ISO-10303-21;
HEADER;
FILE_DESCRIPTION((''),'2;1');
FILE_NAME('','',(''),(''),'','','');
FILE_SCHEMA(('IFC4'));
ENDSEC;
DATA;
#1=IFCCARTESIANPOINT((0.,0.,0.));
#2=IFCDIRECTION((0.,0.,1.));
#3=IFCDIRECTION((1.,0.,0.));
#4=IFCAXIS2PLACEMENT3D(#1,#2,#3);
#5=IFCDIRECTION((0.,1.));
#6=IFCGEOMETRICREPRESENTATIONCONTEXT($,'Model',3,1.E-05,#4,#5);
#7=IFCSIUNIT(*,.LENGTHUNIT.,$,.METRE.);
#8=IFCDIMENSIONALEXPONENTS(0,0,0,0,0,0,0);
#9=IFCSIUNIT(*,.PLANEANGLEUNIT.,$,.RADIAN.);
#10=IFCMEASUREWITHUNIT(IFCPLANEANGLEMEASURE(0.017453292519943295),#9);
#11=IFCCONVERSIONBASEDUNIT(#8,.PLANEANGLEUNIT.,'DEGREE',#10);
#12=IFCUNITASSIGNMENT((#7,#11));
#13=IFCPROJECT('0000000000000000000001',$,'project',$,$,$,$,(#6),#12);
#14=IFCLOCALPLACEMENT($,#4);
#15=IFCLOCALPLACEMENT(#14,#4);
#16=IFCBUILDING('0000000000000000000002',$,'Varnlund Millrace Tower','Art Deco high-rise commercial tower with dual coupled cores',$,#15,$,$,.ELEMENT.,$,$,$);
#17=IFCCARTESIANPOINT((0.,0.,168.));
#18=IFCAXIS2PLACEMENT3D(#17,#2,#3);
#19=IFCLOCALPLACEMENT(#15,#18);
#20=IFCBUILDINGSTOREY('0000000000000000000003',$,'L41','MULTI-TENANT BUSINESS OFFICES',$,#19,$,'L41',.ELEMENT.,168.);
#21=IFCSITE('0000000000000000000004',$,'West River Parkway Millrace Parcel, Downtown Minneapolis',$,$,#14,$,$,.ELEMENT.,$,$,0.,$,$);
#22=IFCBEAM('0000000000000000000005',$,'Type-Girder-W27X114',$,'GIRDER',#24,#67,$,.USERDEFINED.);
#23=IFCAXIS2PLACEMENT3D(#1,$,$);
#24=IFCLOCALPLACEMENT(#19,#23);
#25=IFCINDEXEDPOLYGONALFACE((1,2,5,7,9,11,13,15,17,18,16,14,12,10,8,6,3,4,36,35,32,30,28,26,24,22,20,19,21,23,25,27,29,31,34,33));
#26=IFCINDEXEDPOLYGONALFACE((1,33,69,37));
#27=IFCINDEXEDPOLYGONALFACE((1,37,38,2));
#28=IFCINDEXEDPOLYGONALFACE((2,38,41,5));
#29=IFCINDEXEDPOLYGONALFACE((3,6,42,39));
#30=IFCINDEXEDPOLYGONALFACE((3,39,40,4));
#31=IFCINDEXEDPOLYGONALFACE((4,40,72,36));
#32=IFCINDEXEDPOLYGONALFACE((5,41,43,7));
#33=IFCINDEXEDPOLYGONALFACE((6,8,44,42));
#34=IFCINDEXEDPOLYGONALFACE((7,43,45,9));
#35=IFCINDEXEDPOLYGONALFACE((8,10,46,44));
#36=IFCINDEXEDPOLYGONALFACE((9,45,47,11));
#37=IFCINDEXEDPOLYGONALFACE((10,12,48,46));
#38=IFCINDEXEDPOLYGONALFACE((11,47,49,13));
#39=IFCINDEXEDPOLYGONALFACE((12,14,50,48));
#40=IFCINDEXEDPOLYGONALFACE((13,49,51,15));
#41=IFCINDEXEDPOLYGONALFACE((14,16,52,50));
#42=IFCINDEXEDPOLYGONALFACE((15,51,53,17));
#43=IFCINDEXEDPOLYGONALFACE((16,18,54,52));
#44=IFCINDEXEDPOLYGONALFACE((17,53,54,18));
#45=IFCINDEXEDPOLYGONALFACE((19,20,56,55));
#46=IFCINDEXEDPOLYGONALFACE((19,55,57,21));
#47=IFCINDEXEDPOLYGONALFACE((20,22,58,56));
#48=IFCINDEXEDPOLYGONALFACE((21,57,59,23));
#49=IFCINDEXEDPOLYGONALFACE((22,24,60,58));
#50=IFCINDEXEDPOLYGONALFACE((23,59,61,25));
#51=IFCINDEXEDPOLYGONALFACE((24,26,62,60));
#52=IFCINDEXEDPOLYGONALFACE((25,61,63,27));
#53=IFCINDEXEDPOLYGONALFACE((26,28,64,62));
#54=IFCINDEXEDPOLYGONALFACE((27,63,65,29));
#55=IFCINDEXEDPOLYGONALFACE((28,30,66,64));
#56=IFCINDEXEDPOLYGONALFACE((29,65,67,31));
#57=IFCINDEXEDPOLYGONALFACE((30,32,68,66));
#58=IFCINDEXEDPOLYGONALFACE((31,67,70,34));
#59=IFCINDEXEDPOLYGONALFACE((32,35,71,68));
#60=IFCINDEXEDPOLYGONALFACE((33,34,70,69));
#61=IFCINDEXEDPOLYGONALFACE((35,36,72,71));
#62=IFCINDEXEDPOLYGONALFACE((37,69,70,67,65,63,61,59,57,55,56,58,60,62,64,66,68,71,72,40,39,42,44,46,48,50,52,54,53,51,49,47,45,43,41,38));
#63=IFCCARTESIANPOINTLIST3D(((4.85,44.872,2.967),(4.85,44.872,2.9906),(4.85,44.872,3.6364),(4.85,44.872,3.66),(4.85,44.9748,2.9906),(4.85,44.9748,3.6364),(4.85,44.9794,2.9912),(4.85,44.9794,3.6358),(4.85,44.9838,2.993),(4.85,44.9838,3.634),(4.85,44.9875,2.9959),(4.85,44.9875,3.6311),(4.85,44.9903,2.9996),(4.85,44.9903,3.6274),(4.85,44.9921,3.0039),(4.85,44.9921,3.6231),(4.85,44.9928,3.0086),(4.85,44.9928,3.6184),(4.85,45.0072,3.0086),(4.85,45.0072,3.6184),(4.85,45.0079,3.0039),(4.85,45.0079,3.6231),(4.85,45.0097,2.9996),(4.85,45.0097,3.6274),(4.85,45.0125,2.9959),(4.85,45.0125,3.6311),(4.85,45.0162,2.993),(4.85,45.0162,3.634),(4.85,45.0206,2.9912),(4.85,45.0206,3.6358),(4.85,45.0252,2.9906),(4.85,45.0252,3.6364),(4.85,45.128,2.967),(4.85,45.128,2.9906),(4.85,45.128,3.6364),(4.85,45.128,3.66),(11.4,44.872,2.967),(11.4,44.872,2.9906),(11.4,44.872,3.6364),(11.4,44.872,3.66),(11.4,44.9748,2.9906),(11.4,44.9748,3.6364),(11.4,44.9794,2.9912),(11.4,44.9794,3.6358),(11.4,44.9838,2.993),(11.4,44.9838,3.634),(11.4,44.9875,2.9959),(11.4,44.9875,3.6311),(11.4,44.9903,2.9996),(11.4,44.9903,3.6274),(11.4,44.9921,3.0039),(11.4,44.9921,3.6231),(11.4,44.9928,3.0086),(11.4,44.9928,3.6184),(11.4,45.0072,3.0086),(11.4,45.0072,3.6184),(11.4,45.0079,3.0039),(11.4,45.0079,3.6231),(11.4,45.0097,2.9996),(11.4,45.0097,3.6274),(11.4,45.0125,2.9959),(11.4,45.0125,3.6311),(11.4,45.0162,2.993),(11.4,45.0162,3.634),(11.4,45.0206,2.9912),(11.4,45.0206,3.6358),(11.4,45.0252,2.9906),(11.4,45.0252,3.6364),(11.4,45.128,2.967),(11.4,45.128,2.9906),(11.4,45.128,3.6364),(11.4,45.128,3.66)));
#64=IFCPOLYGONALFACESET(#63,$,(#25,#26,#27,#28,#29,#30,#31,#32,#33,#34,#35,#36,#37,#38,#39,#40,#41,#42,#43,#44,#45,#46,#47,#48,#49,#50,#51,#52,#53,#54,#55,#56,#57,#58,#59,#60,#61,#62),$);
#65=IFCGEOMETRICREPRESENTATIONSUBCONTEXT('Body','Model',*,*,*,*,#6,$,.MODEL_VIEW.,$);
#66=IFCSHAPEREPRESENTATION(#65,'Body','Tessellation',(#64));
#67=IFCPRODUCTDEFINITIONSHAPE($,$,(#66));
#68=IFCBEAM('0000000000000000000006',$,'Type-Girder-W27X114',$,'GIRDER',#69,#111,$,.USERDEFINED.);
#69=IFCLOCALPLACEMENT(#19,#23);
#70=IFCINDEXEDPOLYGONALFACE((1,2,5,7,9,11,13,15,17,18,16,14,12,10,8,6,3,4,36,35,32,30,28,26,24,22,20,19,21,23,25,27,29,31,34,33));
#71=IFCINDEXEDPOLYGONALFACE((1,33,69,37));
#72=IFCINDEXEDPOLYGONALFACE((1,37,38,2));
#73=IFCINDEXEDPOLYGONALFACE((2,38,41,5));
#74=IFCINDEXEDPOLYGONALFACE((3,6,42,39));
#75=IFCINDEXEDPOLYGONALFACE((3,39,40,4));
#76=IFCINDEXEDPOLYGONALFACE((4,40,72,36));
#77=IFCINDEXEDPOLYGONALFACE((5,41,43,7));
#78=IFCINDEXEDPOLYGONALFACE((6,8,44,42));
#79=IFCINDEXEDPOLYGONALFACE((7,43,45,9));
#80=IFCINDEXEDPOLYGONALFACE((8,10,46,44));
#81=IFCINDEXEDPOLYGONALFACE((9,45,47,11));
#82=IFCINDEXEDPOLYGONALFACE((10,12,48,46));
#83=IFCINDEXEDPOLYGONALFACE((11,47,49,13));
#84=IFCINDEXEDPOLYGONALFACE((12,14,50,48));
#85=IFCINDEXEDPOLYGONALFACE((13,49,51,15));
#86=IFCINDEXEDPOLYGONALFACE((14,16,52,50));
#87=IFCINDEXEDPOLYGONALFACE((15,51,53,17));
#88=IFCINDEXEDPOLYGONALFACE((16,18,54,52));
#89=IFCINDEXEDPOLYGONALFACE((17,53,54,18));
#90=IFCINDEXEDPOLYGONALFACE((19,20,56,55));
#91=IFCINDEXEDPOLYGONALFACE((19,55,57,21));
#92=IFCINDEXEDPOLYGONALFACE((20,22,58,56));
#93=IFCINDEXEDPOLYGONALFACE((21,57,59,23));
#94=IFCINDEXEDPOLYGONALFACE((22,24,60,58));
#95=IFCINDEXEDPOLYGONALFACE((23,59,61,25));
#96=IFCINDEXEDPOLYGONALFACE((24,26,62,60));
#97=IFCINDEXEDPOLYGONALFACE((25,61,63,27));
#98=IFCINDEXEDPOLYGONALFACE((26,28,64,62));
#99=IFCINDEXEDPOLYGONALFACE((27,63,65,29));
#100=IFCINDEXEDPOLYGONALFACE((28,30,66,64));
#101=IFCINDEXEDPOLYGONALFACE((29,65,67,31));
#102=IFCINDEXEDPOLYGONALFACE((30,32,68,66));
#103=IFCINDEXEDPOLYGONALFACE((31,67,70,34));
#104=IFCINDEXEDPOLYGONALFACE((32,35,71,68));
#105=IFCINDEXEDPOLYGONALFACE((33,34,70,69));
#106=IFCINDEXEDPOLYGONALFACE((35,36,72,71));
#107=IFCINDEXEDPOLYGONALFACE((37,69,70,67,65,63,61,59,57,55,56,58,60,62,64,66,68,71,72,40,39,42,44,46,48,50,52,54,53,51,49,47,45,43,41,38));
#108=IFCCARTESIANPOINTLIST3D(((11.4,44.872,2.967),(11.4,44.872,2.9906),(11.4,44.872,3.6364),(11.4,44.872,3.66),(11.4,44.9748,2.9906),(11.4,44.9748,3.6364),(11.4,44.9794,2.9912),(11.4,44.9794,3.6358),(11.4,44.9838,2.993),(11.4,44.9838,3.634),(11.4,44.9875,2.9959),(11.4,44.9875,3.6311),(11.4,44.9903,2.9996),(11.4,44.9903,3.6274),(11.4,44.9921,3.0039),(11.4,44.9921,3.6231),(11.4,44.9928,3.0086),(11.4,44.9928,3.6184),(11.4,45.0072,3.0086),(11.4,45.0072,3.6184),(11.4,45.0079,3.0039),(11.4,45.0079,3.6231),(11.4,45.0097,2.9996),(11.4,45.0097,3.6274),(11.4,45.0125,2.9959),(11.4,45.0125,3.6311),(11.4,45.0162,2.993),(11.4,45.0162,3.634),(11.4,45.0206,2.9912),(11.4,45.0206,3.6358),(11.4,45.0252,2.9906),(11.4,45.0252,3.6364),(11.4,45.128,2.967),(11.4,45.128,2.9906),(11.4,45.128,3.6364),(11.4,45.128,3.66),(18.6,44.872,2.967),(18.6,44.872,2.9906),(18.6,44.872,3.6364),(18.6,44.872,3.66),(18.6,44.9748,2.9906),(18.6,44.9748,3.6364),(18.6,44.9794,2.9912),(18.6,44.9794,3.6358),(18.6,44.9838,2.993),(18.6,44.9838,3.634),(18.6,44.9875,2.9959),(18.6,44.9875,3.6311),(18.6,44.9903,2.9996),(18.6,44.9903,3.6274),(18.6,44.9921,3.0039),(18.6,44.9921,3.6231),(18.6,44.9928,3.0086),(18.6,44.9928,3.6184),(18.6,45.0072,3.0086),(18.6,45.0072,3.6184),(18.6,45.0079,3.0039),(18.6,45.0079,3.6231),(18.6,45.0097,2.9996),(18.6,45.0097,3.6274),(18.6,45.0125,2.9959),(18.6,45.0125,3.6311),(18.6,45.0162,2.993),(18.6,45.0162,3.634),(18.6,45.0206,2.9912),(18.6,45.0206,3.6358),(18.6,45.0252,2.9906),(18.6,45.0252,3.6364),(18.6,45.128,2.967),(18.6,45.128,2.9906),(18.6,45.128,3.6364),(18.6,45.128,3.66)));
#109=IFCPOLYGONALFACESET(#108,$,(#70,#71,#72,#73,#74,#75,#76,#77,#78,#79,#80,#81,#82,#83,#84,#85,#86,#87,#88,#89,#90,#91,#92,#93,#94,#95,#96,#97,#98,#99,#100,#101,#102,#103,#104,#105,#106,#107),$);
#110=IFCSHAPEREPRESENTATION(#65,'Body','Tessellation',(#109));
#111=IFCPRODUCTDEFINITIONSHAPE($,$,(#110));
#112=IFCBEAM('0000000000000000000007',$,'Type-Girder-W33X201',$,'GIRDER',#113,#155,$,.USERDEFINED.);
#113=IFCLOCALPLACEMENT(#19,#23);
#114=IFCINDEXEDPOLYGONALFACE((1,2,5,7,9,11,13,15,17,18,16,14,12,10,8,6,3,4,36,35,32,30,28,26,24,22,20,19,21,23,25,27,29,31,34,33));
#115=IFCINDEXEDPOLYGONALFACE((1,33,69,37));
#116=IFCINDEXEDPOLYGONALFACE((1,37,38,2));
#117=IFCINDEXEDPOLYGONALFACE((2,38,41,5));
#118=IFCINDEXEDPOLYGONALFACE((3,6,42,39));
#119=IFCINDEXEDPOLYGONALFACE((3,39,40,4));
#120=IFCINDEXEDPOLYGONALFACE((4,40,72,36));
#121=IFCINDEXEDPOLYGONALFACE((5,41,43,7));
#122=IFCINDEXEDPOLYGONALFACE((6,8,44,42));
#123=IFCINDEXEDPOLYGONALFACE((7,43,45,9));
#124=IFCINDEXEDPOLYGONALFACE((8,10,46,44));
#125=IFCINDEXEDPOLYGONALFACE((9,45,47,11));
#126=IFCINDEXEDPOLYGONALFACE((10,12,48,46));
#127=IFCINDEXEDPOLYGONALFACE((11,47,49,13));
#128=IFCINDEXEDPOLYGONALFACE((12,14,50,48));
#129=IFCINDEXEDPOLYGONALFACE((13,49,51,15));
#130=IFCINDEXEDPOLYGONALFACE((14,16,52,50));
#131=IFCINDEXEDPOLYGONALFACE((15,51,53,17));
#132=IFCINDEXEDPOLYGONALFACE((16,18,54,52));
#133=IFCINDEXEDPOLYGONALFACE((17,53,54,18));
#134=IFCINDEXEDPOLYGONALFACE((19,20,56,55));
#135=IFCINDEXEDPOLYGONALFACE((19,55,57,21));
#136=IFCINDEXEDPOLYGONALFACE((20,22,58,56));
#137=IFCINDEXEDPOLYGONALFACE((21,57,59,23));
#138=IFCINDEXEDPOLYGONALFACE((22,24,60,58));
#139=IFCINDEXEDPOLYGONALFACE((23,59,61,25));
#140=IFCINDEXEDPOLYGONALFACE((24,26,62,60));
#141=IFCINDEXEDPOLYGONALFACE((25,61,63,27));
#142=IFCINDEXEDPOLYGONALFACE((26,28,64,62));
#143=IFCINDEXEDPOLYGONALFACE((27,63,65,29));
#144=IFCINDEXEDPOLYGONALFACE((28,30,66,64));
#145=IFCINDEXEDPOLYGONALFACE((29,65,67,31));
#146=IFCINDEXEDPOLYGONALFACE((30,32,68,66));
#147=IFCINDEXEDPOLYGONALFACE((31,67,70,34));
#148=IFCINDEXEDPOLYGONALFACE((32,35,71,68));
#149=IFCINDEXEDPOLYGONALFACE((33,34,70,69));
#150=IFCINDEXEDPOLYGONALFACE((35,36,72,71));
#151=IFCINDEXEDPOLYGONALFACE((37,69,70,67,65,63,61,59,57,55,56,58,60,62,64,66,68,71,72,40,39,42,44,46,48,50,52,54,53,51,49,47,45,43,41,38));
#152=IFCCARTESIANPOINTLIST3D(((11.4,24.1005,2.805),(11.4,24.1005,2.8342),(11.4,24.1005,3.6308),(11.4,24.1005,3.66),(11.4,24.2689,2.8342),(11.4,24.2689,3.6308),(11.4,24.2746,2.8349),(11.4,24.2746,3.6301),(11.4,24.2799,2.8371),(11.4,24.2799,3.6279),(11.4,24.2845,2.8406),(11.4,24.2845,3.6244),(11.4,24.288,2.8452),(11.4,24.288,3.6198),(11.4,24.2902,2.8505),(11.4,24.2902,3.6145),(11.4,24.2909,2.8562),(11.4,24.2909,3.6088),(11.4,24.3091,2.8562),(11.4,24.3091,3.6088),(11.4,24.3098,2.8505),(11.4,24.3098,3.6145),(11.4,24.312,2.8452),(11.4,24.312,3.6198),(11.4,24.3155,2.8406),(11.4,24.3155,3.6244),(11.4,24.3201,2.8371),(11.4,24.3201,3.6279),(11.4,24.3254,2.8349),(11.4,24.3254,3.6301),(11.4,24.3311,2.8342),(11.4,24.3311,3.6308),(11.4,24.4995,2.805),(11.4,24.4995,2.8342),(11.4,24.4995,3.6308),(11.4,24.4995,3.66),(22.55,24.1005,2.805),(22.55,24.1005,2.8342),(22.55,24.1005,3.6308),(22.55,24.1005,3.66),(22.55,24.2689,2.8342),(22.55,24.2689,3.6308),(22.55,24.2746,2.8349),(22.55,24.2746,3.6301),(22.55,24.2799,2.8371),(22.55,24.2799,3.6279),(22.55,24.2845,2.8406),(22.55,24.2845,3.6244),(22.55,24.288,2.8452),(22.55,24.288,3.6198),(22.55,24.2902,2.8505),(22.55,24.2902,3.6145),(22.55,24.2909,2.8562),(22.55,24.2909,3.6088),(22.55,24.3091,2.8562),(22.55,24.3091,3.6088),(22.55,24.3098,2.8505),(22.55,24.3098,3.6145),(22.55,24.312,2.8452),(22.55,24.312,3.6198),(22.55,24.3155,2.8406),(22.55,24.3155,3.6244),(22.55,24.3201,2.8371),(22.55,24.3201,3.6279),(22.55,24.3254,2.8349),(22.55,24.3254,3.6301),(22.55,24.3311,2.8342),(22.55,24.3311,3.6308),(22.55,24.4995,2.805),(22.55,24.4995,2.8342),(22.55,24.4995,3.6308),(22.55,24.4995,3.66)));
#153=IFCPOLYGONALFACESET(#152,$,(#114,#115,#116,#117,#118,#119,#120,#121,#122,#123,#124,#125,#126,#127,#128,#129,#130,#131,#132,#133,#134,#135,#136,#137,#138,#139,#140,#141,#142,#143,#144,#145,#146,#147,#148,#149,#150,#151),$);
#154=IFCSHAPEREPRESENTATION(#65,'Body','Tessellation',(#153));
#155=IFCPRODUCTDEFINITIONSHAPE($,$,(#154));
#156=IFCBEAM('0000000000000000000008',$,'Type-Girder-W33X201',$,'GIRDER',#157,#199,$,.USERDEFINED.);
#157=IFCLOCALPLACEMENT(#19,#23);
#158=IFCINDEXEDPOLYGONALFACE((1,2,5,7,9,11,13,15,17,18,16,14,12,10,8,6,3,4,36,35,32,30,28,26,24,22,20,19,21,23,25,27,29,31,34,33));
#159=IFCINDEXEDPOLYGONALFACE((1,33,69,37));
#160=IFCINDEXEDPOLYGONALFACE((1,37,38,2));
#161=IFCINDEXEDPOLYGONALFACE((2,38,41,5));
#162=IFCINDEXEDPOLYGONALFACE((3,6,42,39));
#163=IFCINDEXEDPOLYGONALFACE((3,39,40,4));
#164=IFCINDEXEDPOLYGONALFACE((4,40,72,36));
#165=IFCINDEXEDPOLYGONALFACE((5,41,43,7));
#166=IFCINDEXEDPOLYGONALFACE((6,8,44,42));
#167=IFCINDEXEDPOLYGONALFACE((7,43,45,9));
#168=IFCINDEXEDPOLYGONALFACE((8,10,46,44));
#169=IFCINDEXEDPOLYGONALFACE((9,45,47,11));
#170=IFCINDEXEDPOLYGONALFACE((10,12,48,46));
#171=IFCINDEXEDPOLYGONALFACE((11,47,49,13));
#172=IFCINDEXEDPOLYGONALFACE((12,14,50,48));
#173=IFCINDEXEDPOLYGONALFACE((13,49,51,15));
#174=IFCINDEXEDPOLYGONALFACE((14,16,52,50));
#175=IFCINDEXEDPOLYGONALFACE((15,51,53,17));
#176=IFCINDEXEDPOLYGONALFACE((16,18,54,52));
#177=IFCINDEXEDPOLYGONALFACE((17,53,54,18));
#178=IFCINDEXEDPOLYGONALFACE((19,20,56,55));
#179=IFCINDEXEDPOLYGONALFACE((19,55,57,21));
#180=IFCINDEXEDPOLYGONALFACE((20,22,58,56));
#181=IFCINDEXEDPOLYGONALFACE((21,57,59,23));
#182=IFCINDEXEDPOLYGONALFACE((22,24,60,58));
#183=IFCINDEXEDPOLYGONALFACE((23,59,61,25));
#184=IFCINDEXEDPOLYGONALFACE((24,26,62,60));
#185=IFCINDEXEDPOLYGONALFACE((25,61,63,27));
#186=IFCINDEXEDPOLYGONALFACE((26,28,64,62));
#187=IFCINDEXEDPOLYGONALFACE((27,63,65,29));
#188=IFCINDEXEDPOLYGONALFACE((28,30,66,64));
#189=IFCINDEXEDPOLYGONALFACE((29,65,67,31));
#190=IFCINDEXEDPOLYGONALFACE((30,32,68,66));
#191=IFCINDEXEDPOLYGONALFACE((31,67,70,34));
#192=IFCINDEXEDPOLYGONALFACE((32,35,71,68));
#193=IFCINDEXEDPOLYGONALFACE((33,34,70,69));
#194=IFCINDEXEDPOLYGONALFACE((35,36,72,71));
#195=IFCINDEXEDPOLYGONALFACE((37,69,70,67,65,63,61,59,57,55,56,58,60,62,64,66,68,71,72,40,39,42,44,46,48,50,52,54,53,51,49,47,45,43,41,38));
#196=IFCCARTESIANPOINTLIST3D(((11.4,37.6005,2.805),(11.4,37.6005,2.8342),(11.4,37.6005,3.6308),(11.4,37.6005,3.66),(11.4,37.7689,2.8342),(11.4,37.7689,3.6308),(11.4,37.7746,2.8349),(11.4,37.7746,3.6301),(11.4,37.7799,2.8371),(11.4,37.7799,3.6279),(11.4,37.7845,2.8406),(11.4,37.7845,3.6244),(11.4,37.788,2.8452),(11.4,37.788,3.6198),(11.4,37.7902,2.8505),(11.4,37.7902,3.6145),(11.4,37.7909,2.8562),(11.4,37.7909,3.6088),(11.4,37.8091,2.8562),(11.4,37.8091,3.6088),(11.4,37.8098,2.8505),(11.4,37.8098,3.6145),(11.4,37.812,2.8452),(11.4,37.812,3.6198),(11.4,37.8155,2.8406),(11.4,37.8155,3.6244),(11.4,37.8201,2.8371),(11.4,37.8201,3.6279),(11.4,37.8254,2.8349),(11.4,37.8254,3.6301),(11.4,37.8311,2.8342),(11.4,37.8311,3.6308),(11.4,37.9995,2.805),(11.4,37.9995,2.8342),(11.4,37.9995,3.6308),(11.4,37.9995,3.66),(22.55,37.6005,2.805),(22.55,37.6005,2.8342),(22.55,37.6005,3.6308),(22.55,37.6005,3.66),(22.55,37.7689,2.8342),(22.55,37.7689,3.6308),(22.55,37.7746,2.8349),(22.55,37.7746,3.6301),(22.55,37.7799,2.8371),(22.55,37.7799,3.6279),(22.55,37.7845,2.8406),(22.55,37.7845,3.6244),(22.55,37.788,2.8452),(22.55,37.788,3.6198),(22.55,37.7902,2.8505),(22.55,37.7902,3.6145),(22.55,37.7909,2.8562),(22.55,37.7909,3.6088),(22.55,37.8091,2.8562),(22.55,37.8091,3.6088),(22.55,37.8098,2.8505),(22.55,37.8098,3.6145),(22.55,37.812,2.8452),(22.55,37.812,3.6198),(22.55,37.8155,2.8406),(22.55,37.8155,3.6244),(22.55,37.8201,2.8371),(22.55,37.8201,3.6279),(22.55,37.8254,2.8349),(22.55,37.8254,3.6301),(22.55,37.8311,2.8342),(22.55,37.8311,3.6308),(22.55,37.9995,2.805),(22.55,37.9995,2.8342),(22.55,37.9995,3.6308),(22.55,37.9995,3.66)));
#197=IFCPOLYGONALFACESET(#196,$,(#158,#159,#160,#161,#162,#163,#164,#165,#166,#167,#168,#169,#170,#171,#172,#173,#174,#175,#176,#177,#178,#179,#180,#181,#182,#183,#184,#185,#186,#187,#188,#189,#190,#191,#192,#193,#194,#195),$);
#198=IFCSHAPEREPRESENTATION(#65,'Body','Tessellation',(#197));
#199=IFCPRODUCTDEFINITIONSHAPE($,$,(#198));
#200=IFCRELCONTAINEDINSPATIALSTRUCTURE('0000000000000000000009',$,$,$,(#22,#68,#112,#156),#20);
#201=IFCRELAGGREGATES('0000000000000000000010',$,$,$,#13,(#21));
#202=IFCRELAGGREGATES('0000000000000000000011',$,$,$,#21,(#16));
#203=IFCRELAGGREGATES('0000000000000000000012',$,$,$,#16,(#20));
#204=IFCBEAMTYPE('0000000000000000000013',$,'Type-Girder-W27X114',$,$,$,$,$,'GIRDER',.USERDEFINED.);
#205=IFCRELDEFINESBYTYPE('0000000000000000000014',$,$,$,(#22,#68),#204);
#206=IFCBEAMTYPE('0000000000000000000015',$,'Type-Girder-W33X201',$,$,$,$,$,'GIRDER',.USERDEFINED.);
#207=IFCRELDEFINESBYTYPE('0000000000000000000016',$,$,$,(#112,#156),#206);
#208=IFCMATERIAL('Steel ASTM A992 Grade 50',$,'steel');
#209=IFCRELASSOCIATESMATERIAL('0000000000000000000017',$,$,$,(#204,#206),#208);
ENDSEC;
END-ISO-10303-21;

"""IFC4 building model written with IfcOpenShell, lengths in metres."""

from ifc_helpers import new_model, entity, si_unit, converted_unit, direction, frame, origin_with_axes, origin_2d_with_axis, place, context, subcontext, project, spatial, i_section, extrude, material, material_profile, profile_set, type_object, element, save


model = new_model("IFC4")

# Units and contexts
model_context = context("Model", 3, precision=1e-05, world=origin_with_axes(), true_north=direction((0.0, 1.0)))
body_context = subcontext(model_context, "Body", "Model", "MODEL_VIEW")
ifc_project = project(units=[si_unit("LENGTHUNIT", "METRE"), converted_unit("PLANEANGLEUNIT", "DEGREE", entity("IfcPlaneAngleMeasure", 0.017453292519943295), si_unit("PLANEANGLEUNIT", "RADIAN"), dimensions=[0, 0, 0, 0, 0, 0, 0])], contexts=[model_context])

# Site, building, storey
site_placement = place(None, origin_with_axes())
site = spatial("IfcSite", under=ifc_project, at=site_placement, Name="West River Parkway Millrace Parcel, Downtown Minneapolis", CompositionType="ELEMENT", RefElevation=0.0)
building_placement = place(site_placement, origin_with_axes())
building = spatial("IfcBuilding", under=site, at=building_placement, Name="Varnlund Millrace Tower", Description="Art Deco high-rise commercial tower with dual coupled cores", CompositionType="ELEMENT")
storey_placement = place(building_placement, frame((0.0, 0.0, 168.0), z_axis=(0.0, 0.0, 1.0), x_axis=(1.0, 0.0, 0.0)))
storey = spatial("IfcBuildingStorey", under=building, at=storey_placement, Name="L41", Description="MULTI-TENANT BUSINESS OFFICES", LongName="L41", CompositionType="ELEMENT", Elevation=168.0)

# Beams
ifc_material_1 = material(Name="Steel ASTM A992 Grade 50", Category="steel")
ifc_material_profile_1 = material_profile(ifc_material_1, i_section(OverallWidth=0.256, OverallDepth=0.693, WebThickness=0.0145, FlangeThickness=0.0236, FilletRadius=0.018, at=origin_2d_with_axis()), Name="Steel ASTM A992 Grade 50")
ifc_profile_set_1 = profile_set([ifc_material_profile_1], Name="Steel ASTM A992 Grade 50")
beam_type_1 = type_object("IfcBeamType", Name="Type-Girder-W27X114", ElementType="GIRDER", PredefinedType="USERDEFINED", material=ifc_profile_set_1)
beam_1_placement = place(storey_placement, frame((4.85, 45.0, 3.3135), z_axis=(1.0, 0.0, 0.0), x_axis=(0.0, 1.0, 0.0)))
element("IfcBeam", 1, at=beam_1_placement, inside=storey, type_object=beam_type_1, Name="Type-Girder-W27X114", ObjectType="GIRDER", PredefinedType="USERDEFINED", context=body_context, shape_type="SweptSolid", body=[
    extrude(i_section(OverallWidth=0.256, OverallDepth=0.693, WebThickness=0.0145, FlangeThickness=0.0236, FilletRadius=0.018, at=origin_2d_with_axis()), origin_with_axes(), (0.0, 0.0, 1.0), 6.55),
])
beam_2_placement = place(storey_placement, frame((11.4, 45.0, 3.3135), z_axis=(1.0, 0.0, 0.0), x_axis=(0.0, 1.0, 0.0)))
element("IfcBeam", 2, at=beam_2_placement, inside=storey, type_object=beam_type_1, Name="Type-Girder-W27X114", ObjectType="GIRDER", PredefinedType="USERDEFINED", context=body_context, shape_type="SweptSolid", body=[
    extrude(i_section(OverallWidth=0.256, OverallDepth=0.693, WebThickness=0.0145, FlangeThickness=0.0236, FilletRadius=0.018, at=origin_2d_with_axis()), origin_with_axes(), (0.0, 0.0, 1.0), 7.2),
])
ifc_material_profile_2 = material_profile(ifc_material_1, i_section(OverallWidth=0.399, OverallDepth=0.855, WebThickness=0.0182, FlangeThickness=0.0292, FilletRadius=0.022, at=origin_2d_with_axis()), Name="Steel ASTM A992 Grade 50")
ifc_profile_set_2 = profile_set([ifc_material_profile_2], Name="Steel ASTM A992 Grade 50")
beam_type_2 = type_object("IfcBeamType", Name="Type-Girder-W33X201", ElementType="GIRDER", PredefinedType="USERDEFINED", material=ifc_profile_set_2)
for number, where, z_axis, x_axis, name in (
    (3, (11.4, 24.3, 3.2325), (1.0, 0.0, 0.0), (0.0, 1.0, 0.0), "Type-Girder-W33X201"),
    (4, (11.4, 37.8, 3.2325), (1.0, 0.0, 0.0), (0.0, 1.0, 0.0), "Type-Girder-W33X201"),
):
    element("IfcBeam", number, at=place(storey_placement, frame(where, z_axis=z_axis, x_axis=x_axis)), inside=storey, type_object=beam_type_2, Name=name, ObjectType="GIRDER", PredefinedType="USERDEFINED", context=body_context, shape_type="SweptSolid", body=[
        extrude(i_section(OverallWidth=0.399, OverallDepth=0.855, WebThickness=0.0182, FlangeThickness=0.0292, FilletRadius=0.022, at=origin_2d_with_axis()), origin_with_axes(), (0.0, 0.0, 1.0), 11.15),
    ])

save(model, "model.ifc")
